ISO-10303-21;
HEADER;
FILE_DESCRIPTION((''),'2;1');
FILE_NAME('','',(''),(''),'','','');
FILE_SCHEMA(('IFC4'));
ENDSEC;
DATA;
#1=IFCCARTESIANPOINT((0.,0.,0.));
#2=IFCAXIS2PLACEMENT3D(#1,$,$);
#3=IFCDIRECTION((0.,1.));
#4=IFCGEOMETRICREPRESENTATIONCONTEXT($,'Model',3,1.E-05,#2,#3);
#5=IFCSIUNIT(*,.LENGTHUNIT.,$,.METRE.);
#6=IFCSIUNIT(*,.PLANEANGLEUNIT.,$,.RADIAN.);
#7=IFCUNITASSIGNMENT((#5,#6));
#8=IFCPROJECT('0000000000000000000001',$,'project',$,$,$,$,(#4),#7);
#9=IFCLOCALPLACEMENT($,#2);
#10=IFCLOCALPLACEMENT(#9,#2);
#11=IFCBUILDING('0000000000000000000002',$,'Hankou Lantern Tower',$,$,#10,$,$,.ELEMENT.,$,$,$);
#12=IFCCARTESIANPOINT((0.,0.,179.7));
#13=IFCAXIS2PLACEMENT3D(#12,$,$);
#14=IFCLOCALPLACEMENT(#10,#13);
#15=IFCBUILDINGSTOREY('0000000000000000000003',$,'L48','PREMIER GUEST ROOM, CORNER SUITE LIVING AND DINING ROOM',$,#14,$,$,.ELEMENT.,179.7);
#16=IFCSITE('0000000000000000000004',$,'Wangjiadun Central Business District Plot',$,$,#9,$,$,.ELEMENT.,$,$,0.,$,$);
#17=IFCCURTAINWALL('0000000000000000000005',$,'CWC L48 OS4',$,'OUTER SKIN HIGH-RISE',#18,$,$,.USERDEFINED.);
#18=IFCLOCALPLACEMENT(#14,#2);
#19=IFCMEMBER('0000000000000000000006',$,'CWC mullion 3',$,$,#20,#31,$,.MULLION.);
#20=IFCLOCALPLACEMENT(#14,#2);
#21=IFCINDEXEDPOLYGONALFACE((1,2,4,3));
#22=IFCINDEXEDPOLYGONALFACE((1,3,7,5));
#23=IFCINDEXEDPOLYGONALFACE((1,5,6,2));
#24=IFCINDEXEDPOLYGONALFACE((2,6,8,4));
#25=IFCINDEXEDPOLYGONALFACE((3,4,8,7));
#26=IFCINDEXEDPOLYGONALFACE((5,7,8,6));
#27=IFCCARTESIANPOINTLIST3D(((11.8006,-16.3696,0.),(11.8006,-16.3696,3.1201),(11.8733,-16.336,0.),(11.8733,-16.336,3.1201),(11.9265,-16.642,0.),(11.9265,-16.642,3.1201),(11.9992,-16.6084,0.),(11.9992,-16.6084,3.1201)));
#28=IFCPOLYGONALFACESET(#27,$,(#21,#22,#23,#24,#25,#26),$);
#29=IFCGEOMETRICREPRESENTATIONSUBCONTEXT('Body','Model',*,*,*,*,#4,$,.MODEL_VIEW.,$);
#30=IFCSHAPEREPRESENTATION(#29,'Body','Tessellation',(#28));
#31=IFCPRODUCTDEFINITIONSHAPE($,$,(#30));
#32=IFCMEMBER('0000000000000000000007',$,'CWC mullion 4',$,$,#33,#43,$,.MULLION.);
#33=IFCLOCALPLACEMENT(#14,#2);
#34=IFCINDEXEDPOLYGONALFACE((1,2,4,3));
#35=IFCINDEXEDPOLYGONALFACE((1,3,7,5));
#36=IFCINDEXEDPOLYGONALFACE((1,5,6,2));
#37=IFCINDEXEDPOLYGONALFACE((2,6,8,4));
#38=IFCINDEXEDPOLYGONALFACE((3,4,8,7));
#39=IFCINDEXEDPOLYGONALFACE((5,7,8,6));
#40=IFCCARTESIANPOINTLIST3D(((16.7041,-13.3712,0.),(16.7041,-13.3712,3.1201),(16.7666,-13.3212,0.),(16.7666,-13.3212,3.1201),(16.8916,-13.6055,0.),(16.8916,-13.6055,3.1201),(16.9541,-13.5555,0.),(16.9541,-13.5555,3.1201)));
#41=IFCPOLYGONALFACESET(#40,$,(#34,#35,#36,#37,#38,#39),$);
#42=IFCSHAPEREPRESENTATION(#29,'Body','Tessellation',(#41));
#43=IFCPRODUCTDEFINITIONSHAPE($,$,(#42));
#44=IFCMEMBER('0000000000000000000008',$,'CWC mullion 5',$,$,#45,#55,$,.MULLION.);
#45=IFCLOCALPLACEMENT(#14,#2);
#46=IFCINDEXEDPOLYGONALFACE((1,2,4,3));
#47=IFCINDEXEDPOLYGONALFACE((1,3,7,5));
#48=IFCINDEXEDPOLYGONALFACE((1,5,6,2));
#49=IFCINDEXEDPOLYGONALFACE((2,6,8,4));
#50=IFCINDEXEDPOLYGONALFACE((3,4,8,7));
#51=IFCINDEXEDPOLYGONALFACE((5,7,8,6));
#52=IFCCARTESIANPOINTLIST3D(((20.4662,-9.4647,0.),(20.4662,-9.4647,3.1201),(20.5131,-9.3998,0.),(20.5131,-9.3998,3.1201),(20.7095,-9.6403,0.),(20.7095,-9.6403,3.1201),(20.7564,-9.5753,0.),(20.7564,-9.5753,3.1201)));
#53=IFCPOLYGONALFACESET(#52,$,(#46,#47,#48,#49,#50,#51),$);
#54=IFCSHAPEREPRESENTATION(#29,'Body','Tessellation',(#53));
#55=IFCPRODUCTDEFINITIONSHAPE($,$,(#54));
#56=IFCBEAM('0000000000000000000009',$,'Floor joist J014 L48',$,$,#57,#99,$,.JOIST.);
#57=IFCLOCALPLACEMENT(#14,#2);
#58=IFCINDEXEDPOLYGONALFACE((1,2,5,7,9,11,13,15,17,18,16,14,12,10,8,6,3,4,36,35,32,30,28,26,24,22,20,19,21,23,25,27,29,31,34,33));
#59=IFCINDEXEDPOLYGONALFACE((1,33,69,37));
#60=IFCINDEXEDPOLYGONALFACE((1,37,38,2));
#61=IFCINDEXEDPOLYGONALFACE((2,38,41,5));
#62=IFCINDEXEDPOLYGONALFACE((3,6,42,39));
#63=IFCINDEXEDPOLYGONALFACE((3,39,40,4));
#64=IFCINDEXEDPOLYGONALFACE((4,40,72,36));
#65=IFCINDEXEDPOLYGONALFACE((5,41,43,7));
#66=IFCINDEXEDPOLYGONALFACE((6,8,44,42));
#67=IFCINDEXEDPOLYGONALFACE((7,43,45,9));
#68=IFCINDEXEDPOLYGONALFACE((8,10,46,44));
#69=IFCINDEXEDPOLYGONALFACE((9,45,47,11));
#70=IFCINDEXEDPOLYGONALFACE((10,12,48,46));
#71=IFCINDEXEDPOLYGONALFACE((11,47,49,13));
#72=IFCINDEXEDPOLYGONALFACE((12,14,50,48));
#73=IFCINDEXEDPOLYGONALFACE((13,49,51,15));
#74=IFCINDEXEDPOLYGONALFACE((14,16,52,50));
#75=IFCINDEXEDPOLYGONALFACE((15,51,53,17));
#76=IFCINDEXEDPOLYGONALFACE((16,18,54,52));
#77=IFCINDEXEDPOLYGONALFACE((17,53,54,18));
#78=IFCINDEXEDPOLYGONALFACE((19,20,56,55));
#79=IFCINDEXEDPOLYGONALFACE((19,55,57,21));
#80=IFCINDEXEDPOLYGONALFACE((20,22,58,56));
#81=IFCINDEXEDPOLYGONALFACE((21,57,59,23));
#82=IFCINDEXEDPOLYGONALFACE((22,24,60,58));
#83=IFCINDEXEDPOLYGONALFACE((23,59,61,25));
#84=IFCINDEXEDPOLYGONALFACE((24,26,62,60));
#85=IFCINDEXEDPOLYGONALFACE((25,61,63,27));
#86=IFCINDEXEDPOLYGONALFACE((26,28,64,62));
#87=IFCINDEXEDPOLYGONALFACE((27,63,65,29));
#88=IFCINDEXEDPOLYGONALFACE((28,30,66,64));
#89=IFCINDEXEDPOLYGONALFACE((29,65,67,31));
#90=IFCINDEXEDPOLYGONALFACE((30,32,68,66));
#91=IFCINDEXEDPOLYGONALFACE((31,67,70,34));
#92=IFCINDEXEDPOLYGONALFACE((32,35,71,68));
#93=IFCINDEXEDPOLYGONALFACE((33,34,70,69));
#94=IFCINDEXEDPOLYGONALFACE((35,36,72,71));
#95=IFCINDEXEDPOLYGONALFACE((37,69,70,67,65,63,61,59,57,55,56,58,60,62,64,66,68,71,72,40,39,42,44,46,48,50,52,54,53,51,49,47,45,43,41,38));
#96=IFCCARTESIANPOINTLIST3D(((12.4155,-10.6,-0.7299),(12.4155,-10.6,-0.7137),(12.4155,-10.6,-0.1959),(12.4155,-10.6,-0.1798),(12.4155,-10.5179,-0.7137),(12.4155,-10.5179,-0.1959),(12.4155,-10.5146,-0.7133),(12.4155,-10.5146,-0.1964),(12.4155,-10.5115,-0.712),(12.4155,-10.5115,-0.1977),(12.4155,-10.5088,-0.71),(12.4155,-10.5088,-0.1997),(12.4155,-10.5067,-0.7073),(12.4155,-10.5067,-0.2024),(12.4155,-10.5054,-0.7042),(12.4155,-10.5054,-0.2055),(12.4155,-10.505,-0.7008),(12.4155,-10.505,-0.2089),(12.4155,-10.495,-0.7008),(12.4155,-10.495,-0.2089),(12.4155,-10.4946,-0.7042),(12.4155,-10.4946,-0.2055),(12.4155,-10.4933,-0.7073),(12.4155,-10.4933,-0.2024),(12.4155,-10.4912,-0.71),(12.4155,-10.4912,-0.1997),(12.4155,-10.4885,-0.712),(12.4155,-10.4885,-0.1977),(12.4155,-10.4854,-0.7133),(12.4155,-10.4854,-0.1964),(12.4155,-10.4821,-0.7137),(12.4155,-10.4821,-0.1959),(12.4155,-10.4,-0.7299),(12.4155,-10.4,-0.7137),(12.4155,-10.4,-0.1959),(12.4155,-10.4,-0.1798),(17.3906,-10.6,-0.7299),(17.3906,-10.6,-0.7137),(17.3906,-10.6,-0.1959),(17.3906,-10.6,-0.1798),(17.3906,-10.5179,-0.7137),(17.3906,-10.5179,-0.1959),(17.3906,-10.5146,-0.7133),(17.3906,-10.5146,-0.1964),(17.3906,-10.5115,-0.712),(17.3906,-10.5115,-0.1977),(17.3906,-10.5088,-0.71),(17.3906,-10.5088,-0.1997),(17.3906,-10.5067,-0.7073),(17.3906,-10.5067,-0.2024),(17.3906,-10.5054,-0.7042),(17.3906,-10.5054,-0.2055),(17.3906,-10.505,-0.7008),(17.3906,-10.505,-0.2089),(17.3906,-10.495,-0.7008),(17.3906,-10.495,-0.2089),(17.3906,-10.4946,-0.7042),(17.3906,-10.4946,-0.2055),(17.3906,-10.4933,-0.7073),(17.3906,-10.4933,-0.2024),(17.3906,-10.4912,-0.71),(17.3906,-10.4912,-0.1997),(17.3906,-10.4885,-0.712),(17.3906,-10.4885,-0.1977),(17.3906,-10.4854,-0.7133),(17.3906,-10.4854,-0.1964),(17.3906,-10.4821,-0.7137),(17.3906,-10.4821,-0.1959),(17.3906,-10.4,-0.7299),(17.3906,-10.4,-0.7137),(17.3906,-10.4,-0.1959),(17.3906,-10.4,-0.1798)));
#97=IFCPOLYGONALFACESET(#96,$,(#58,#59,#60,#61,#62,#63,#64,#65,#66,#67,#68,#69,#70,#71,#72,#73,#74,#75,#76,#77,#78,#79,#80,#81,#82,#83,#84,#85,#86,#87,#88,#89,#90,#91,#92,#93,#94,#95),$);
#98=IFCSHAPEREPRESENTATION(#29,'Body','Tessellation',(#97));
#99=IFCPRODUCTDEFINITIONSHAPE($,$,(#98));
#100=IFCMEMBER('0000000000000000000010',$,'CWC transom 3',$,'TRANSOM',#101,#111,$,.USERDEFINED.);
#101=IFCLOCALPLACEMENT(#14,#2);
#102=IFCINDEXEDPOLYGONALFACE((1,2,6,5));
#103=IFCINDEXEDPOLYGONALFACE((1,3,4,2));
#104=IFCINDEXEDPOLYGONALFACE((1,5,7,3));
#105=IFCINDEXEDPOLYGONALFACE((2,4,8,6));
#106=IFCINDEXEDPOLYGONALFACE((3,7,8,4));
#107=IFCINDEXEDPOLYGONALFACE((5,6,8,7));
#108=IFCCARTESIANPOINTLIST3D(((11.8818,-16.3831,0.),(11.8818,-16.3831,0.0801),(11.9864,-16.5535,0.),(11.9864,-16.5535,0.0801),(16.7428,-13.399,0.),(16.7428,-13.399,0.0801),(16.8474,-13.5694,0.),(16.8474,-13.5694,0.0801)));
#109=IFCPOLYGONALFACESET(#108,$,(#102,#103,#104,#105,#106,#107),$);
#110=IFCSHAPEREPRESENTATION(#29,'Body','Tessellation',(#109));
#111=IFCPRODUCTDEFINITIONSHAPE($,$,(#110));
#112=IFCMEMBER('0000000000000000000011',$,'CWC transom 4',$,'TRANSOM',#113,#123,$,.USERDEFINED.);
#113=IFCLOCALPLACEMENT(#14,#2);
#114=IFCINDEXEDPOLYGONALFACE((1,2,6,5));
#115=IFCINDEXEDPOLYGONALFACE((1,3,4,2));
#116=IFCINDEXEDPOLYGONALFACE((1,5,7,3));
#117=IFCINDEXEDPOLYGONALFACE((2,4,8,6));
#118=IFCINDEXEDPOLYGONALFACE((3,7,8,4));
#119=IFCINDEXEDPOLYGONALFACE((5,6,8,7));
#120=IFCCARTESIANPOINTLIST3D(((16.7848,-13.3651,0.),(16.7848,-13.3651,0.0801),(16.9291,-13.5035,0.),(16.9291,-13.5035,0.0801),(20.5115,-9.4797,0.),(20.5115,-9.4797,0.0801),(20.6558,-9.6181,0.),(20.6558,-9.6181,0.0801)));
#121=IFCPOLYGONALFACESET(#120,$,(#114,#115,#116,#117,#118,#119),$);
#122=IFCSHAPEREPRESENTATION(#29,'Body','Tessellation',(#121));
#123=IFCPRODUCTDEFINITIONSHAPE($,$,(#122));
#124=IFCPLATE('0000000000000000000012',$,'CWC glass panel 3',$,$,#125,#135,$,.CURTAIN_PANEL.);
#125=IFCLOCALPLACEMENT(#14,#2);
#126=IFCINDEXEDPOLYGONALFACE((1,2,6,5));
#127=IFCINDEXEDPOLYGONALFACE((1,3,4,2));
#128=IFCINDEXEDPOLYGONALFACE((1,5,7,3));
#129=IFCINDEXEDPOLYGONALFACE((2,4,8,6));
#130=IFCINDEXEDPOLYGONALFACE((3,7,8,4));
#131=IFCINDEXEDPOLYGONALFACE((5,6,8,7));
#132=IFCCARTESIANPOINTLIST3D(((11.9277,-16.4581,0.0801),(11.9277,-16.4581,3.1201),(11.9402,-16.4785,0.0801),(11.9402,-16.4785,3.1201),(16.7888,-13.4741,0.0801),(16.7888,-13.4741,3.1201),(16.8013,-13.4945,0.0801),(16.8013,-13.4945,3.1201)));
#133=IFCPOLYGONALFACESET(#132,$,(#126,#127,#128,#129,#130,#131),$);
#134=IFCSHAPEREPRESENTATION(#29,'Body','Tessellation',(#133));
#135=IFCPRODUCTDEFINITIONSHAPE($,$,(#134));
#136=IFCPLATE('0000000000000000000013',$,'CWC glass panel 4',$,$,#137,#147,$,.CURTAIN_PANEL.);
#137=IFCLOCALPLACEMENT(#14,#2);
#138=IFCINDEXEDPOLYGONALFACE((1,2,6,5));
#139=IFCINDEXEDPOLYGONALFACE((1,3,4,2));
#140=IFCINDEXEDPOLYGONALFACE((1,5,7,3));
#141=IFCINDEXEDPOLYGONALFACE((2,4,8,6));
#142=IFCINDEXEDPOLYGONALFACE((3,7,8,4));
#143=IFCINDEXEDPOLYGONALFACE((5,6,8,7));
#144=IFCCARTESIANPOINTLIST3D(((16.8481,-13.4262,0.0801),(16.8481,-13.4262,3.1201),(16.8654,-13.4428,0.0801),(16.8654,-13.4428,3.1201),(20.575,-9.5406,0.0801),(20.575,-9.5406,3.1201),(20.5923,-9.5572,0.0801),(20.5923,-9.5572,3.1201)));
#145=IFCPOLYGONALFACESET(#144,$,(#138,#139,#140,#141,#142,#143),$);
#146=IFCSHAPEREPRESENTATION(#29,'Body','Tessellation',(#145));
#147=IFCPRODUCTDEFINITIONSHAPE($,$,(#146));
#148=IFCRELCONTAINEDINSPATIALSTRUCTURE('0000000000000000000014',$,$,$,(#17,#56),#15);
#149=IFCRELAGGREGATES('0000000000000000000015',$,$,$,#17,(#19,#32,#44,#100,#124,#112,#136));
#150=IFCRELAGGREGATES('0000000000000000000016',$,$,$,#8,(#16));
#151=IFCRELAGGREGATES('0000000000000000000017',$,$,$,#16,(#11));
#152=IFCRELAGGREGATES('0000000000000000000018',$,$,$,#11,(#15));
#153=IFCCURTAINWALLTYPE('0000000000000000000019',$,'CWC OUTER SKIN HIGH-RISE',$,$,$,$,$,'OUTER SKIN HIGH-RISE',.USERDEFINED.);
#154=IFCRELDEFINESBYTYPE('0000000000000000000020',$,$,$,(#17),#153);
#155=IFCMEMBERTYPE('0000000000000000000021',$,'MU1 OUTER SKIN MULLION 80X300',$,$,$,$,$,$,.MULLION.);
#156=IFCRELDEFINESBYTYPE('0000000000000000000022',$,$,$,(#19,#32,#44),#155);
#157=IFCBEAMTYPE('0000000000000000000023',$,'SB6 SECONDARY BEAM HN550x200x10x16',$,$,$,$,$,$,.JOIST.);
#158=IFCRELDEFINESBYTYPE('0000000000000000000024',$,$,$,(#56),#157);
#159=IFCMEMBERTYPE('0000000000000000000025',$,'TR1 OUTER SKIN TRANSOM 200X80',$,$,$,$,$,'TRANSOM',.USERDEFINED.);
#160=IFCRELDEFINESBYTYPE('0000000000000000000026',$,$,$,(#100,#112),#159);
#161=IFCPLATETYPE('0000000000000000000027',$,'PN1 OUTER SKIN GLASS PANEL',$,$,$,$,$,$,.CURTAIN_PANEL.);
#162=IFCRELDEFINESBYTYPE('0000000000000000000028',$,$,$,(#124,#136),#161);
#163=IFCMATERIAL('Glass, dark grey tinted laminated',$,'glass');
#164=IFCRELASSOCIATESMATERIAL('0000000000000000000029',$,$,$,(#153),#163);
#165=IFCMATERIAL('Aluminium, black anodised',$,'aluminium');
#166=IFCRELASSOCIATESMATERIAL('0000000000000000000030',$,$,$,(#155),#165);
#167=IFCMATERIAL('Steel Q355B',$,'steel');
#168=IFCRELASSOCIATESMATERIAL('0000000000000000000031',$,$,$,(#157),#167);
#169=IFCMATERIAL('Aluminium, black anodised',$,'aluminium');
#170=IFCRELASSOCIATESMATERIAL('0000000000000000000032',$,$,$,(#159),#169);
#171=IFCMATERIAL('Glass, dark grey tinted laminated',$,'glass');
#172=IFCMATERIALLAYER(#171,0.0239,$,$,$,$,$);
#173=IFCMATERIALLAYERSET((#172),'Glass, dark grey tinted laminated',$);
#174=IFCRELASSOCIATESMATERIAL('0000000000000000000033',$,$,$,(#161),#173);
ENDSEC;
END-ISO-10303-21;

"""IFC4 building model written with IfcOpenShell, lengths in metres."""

from ifc_helpers import new_model, si_unit, direction, frame, origin, origin_2d, place, context, subcontext, project, spatial, rectangle, i_section, extrude, material, layer, layer_set, material_profile, profile_set, type_object, element, aggregate, save


model = new_model("IFC4")

# Units and contexts
model_context = context("Model", 3, precision=1e-05, world=origin(), true_north=direction((0.0, 1.0)))
body_context = subcontext(model_context, "Body", "Model", "MODEL_VIEW")
ifc_project = project(units=[si_unit("LENGTHUNIT", "METRE"), si_unit("PLANEANGLEUNIT", "RADIAN")], contexts=[model_context])

# Site, building, storey
site_placement = place(None, origin())
site = spatial("IfcSite", under=ifc_project, at=site_placement, Name="Wangjiadun Central Business District Plot", CompositionType="ELEMENT", RefElevation=0.0)
building_placement = place(site_placement, origin())
building = spatial("IfcBuilding", under=site, at=building_placement, Name="Hankou Lantern Tower", CompositionType="ELEMENT")
storey_placement = place(building_placement, frame((0.0, 0.0, 179.7)))
storey = spatial("IfcBuildingStorey", under=building, at=storey_placement, Name="L48", Description="PREMIER GUEST ROOM, CORNER SUITE LIVING AND DINING ROOM", CompositionType="ELEMENT", Elevation=179.7)

# Curtain wall, members
ifc_material_1 = material(Name="Glass, dark grey tinted laminated", Category="glass")
curtain_wall_type = type_object("IfcCurtainWallType", Name="CWC OUTER SKIN HIGH-RISE", ElementType="OUTER SKIN HIGH-RISE", PredefinedType="USERDEFINED", material=ifc_material_1)
curtain_wall_placement = place(storey_placement, origin())
curtain_wall = element("IfcCurtainWall", 1, at=curtain_wall_placement, inside=storey, type_object=curtain_wall_type, Name="CWC L48 OS4", ObjectType="OUTER SKIN HIGH-RISE", PredefinedType="USERDEFINED")
ifc_material_2 = material(Name="Aluminium, black anodised", Category="aluminium")
ifc_material_profile_1 = material_profile(ifc_material_2, rectangle(XDim=0.0801, YDim=0.3, at=origin_2d()), Name="MU1 80X300")
ifc_profile_set_1 = profile_set([ifc_material_profile_1], Name="Aluminium, black anodised")
member_type_1 = type_object("IfcMemberType", Name="MU1 OUTER SKIN MULLION 80X300", PredefinedType="MULLION", material=ifc_profile_set_1)
member_1_placement = place(storey_placement, frame((11.8999, -16.489, 0.0), z_axis=(0.0, 0.0, 1.0), x_axis=(0.907841, 0.419314, 0.0)))
member_1 = element("IfcMember", 2, at=member_1_placement, type_object=member_type_1, Name="CWC mullion 3", PredefinedType="MULLION", context=body_context, shape_type="SweptSolid", body=[
    extrude(rectangle(XDim=0.0801, YDim=0.3, at=origin_2d()), origin(), (0.0, 0.0, 1.0), 3.1201),
])
member_2_placement = place(storey_placement, frame((16.8291, -13.4634, 0.0), z_axis=(0.0, 0.0, 1.0), x_axis=(0.780869, 0.624695, 0.0)))
member_2 = element("IfcMember", 3, at=member_2_placement, type_object=member_type_1, Name="CWC mullion 4", PredefinedType="MULLION", context=body_context, shape_type="SweptSolid", body=[
    extrude(rectangle(XDim=0.0801, YDim=0.3, at=origin_2d()), origin(), (0.0, 0.0, 1.0), 3.1201),
])
member_3_placement = place(storey_placement, frame((20.6113, -9.52, 0.0), z_axis=(0.0, 0.0, 1.0), x_axis=(0.585206, 0.810885, 0.0)))
member_3 = element("IfcMember", 4, at=member_3_placement, type_object=member_type_1, Name="CWC mullion 5", PredefinedType="MULLION", context=body_context, shape_type="SweptSolid", body=[
    extrude(rectangle(XDim=0.0801, YDim=0.3, at=origin_2d()), origin(), (0.0, 0.0, 1.0), 3.1201),
])

# Beam
ifc_material_3 = material(Name="Steel Q355B", Category="steel")
ifc_material_profile_2 = material_profile(ifc_material_3, i_section(OverallWidth=0.2, OverallDepth=0.55, WebThickness=0.01, FlangeThickness=0.0161, FilletRadius=0.0129, at=origin_2d()), Name="HN550x200x10x16")
ifc_profile_set_2 = profile_set([ifc_material_profile_2], Name="Steel Q355B")
beam_type_1 = type_object("IfcBeamType", Name="SB6 SECONDARY BEAM HN550x200x10x16", PredefinedType="JOIST", material=ifc_profile_set_2)
beam_1_placement = place(storey_placement, frame((12.4155, -10.5, -0.4548), z_axis=(1.0, 0.0, 0.0), x_axis=(0.0, 1.0, 0.0)))
element("IfcBeam", 5, at=beam_1_placement, inside=storey, type_object=beam_type_1, Name="Floor joist J014 L48", PredefinedType="JOIST", context=body_context, shape_type="SweptSolid", body=[
    extrude(i_section(OverallWidth=0.2, OverallDepth=0.55, WebThickness=0.01, FlangeThickness=0.0161, FilletRadius=0.0129, at=origin_2d()), origin(), (0.0, 0.0, 1.0), 4.9751),
])

# Members
ifc_material_4 = material(Name="Aluminium, black anodised", Category="aluminium")
ifc_material_profile_3 = material_profile(ifc_material_4, rectangle(XDim=0.2, YDim=0.0801, at=origin_2d()), Name="TR1 200X80")
ifc_profile_set_3 = profile_set([ifc_material_profile_3], Name="Aluminium, black anodised")
member_type_2 = type_object("IfcMemberType", Name="TR1 OUTER SKIN TRANSOM 200X80", ElementType="TRANSOM", PredefinedType="USERDEFINED", material=ifc_profile_set_3)
member_4_placement = place(storey_placement, frame((11.9341, -16.4683, 0.04), z_axis=(0.852229, 0.523168, 0.0), x_axis=(-0.523168, 0.852229, 0.0)))
member_4 = element("IfcMember", 6, at=member_4_placement, type_object=member_type_2, Name="CWC transom 3", ObjectType="TRANSOM", PredefinedType="USERDEFINED", context=body_context, shape_type="SweptSolid", body=[
    extrude(rectangle(XDim=0.2, YDim=0.0801, at=origin_2d()), origin(), (0.0, 0.0, 1.0), 5.7039),
])
member_5_placement = place(storey_placement, frame((16.8569, -13.4343, 0.04), z_axis=(0.692216, 0.721691, 0.0), x_axis=(-0.721691, 0.692216, 0.0)))
member_5 = element("IfcMember", 7, at=member_5_placement, type_object=member_type_2, Name="CWC transom 4", ObjectType="TRANSOM", PredefinedType="USERDEFINED", context=body_context, shape_type="SweptSolid", body=[
    extrude(rectangle(XDim=0.2, YDim=0.0801, at=origin_2d()), origin(), (0.0, 0.0, 1.0), 5.3838),
])

# Plates
ifc_material_5 = material(Name="Glass, dark grey tinted laminated", Category="glass")
ifc_layer_1 = layer(ifc_material_5, 0.0239)
ifc_layer_set_1 = layer_set([ifc_layer_1], Name="Glass, dark grey tinted laminated")
plate_type = type_object("IfcPlateType", Name="PN1 OUTER SKIN GLASS PANEL", PredefinedType="CURTAIN_PANEL", material=ifc_layer_set_1)
plate_1_placement = place(storey_placement, frame((14.3645, -14.9763, 0.0801), z_axis=(0.0, 0.0, 1.0), x_axis=(0.852237, 0.523156, 0.0)))
plate_1 = element("IfcPlate", 8, at=plate_1_placement, type_object=plate_type, Name="CWC glass panel 3", PredefinedType="CURTAIN_PANEL", context=body_context, shape_type="SweptSolid", body=[
    extrude(rectangle(XDim=5.7039, YDim=0.0239, at=origin_2d()), origin(), (0.0, 0.0, 1.0), 3.04),
])
plate_2_placement = place(storey_placement, frame((18.7202, -11.4917, 0.0801), z_axis=(0.0, 0.0, 1.0), x_axis=(0.692216, 0.721691, 0.0)))
plate_2 = element("IfcPlate", 9, at=plate_2_placement, type_object=plate_type, Name="CWC glass panel 4", PredefinedType="CURTAIN_PANEL", context=body_context, shape_type="SweptSolid", body=[
    extrude(rectangle(XDim=5.384, YDim=0.0239, at=origin_2d()), origin(), (0.0, 0.0, 1.0), 3.04),
])
aggregate(curtain_wall, [member_1, member_2, member_3, member_4, plate_1, member_5, plate_2])

save(model, "model.ifc")
